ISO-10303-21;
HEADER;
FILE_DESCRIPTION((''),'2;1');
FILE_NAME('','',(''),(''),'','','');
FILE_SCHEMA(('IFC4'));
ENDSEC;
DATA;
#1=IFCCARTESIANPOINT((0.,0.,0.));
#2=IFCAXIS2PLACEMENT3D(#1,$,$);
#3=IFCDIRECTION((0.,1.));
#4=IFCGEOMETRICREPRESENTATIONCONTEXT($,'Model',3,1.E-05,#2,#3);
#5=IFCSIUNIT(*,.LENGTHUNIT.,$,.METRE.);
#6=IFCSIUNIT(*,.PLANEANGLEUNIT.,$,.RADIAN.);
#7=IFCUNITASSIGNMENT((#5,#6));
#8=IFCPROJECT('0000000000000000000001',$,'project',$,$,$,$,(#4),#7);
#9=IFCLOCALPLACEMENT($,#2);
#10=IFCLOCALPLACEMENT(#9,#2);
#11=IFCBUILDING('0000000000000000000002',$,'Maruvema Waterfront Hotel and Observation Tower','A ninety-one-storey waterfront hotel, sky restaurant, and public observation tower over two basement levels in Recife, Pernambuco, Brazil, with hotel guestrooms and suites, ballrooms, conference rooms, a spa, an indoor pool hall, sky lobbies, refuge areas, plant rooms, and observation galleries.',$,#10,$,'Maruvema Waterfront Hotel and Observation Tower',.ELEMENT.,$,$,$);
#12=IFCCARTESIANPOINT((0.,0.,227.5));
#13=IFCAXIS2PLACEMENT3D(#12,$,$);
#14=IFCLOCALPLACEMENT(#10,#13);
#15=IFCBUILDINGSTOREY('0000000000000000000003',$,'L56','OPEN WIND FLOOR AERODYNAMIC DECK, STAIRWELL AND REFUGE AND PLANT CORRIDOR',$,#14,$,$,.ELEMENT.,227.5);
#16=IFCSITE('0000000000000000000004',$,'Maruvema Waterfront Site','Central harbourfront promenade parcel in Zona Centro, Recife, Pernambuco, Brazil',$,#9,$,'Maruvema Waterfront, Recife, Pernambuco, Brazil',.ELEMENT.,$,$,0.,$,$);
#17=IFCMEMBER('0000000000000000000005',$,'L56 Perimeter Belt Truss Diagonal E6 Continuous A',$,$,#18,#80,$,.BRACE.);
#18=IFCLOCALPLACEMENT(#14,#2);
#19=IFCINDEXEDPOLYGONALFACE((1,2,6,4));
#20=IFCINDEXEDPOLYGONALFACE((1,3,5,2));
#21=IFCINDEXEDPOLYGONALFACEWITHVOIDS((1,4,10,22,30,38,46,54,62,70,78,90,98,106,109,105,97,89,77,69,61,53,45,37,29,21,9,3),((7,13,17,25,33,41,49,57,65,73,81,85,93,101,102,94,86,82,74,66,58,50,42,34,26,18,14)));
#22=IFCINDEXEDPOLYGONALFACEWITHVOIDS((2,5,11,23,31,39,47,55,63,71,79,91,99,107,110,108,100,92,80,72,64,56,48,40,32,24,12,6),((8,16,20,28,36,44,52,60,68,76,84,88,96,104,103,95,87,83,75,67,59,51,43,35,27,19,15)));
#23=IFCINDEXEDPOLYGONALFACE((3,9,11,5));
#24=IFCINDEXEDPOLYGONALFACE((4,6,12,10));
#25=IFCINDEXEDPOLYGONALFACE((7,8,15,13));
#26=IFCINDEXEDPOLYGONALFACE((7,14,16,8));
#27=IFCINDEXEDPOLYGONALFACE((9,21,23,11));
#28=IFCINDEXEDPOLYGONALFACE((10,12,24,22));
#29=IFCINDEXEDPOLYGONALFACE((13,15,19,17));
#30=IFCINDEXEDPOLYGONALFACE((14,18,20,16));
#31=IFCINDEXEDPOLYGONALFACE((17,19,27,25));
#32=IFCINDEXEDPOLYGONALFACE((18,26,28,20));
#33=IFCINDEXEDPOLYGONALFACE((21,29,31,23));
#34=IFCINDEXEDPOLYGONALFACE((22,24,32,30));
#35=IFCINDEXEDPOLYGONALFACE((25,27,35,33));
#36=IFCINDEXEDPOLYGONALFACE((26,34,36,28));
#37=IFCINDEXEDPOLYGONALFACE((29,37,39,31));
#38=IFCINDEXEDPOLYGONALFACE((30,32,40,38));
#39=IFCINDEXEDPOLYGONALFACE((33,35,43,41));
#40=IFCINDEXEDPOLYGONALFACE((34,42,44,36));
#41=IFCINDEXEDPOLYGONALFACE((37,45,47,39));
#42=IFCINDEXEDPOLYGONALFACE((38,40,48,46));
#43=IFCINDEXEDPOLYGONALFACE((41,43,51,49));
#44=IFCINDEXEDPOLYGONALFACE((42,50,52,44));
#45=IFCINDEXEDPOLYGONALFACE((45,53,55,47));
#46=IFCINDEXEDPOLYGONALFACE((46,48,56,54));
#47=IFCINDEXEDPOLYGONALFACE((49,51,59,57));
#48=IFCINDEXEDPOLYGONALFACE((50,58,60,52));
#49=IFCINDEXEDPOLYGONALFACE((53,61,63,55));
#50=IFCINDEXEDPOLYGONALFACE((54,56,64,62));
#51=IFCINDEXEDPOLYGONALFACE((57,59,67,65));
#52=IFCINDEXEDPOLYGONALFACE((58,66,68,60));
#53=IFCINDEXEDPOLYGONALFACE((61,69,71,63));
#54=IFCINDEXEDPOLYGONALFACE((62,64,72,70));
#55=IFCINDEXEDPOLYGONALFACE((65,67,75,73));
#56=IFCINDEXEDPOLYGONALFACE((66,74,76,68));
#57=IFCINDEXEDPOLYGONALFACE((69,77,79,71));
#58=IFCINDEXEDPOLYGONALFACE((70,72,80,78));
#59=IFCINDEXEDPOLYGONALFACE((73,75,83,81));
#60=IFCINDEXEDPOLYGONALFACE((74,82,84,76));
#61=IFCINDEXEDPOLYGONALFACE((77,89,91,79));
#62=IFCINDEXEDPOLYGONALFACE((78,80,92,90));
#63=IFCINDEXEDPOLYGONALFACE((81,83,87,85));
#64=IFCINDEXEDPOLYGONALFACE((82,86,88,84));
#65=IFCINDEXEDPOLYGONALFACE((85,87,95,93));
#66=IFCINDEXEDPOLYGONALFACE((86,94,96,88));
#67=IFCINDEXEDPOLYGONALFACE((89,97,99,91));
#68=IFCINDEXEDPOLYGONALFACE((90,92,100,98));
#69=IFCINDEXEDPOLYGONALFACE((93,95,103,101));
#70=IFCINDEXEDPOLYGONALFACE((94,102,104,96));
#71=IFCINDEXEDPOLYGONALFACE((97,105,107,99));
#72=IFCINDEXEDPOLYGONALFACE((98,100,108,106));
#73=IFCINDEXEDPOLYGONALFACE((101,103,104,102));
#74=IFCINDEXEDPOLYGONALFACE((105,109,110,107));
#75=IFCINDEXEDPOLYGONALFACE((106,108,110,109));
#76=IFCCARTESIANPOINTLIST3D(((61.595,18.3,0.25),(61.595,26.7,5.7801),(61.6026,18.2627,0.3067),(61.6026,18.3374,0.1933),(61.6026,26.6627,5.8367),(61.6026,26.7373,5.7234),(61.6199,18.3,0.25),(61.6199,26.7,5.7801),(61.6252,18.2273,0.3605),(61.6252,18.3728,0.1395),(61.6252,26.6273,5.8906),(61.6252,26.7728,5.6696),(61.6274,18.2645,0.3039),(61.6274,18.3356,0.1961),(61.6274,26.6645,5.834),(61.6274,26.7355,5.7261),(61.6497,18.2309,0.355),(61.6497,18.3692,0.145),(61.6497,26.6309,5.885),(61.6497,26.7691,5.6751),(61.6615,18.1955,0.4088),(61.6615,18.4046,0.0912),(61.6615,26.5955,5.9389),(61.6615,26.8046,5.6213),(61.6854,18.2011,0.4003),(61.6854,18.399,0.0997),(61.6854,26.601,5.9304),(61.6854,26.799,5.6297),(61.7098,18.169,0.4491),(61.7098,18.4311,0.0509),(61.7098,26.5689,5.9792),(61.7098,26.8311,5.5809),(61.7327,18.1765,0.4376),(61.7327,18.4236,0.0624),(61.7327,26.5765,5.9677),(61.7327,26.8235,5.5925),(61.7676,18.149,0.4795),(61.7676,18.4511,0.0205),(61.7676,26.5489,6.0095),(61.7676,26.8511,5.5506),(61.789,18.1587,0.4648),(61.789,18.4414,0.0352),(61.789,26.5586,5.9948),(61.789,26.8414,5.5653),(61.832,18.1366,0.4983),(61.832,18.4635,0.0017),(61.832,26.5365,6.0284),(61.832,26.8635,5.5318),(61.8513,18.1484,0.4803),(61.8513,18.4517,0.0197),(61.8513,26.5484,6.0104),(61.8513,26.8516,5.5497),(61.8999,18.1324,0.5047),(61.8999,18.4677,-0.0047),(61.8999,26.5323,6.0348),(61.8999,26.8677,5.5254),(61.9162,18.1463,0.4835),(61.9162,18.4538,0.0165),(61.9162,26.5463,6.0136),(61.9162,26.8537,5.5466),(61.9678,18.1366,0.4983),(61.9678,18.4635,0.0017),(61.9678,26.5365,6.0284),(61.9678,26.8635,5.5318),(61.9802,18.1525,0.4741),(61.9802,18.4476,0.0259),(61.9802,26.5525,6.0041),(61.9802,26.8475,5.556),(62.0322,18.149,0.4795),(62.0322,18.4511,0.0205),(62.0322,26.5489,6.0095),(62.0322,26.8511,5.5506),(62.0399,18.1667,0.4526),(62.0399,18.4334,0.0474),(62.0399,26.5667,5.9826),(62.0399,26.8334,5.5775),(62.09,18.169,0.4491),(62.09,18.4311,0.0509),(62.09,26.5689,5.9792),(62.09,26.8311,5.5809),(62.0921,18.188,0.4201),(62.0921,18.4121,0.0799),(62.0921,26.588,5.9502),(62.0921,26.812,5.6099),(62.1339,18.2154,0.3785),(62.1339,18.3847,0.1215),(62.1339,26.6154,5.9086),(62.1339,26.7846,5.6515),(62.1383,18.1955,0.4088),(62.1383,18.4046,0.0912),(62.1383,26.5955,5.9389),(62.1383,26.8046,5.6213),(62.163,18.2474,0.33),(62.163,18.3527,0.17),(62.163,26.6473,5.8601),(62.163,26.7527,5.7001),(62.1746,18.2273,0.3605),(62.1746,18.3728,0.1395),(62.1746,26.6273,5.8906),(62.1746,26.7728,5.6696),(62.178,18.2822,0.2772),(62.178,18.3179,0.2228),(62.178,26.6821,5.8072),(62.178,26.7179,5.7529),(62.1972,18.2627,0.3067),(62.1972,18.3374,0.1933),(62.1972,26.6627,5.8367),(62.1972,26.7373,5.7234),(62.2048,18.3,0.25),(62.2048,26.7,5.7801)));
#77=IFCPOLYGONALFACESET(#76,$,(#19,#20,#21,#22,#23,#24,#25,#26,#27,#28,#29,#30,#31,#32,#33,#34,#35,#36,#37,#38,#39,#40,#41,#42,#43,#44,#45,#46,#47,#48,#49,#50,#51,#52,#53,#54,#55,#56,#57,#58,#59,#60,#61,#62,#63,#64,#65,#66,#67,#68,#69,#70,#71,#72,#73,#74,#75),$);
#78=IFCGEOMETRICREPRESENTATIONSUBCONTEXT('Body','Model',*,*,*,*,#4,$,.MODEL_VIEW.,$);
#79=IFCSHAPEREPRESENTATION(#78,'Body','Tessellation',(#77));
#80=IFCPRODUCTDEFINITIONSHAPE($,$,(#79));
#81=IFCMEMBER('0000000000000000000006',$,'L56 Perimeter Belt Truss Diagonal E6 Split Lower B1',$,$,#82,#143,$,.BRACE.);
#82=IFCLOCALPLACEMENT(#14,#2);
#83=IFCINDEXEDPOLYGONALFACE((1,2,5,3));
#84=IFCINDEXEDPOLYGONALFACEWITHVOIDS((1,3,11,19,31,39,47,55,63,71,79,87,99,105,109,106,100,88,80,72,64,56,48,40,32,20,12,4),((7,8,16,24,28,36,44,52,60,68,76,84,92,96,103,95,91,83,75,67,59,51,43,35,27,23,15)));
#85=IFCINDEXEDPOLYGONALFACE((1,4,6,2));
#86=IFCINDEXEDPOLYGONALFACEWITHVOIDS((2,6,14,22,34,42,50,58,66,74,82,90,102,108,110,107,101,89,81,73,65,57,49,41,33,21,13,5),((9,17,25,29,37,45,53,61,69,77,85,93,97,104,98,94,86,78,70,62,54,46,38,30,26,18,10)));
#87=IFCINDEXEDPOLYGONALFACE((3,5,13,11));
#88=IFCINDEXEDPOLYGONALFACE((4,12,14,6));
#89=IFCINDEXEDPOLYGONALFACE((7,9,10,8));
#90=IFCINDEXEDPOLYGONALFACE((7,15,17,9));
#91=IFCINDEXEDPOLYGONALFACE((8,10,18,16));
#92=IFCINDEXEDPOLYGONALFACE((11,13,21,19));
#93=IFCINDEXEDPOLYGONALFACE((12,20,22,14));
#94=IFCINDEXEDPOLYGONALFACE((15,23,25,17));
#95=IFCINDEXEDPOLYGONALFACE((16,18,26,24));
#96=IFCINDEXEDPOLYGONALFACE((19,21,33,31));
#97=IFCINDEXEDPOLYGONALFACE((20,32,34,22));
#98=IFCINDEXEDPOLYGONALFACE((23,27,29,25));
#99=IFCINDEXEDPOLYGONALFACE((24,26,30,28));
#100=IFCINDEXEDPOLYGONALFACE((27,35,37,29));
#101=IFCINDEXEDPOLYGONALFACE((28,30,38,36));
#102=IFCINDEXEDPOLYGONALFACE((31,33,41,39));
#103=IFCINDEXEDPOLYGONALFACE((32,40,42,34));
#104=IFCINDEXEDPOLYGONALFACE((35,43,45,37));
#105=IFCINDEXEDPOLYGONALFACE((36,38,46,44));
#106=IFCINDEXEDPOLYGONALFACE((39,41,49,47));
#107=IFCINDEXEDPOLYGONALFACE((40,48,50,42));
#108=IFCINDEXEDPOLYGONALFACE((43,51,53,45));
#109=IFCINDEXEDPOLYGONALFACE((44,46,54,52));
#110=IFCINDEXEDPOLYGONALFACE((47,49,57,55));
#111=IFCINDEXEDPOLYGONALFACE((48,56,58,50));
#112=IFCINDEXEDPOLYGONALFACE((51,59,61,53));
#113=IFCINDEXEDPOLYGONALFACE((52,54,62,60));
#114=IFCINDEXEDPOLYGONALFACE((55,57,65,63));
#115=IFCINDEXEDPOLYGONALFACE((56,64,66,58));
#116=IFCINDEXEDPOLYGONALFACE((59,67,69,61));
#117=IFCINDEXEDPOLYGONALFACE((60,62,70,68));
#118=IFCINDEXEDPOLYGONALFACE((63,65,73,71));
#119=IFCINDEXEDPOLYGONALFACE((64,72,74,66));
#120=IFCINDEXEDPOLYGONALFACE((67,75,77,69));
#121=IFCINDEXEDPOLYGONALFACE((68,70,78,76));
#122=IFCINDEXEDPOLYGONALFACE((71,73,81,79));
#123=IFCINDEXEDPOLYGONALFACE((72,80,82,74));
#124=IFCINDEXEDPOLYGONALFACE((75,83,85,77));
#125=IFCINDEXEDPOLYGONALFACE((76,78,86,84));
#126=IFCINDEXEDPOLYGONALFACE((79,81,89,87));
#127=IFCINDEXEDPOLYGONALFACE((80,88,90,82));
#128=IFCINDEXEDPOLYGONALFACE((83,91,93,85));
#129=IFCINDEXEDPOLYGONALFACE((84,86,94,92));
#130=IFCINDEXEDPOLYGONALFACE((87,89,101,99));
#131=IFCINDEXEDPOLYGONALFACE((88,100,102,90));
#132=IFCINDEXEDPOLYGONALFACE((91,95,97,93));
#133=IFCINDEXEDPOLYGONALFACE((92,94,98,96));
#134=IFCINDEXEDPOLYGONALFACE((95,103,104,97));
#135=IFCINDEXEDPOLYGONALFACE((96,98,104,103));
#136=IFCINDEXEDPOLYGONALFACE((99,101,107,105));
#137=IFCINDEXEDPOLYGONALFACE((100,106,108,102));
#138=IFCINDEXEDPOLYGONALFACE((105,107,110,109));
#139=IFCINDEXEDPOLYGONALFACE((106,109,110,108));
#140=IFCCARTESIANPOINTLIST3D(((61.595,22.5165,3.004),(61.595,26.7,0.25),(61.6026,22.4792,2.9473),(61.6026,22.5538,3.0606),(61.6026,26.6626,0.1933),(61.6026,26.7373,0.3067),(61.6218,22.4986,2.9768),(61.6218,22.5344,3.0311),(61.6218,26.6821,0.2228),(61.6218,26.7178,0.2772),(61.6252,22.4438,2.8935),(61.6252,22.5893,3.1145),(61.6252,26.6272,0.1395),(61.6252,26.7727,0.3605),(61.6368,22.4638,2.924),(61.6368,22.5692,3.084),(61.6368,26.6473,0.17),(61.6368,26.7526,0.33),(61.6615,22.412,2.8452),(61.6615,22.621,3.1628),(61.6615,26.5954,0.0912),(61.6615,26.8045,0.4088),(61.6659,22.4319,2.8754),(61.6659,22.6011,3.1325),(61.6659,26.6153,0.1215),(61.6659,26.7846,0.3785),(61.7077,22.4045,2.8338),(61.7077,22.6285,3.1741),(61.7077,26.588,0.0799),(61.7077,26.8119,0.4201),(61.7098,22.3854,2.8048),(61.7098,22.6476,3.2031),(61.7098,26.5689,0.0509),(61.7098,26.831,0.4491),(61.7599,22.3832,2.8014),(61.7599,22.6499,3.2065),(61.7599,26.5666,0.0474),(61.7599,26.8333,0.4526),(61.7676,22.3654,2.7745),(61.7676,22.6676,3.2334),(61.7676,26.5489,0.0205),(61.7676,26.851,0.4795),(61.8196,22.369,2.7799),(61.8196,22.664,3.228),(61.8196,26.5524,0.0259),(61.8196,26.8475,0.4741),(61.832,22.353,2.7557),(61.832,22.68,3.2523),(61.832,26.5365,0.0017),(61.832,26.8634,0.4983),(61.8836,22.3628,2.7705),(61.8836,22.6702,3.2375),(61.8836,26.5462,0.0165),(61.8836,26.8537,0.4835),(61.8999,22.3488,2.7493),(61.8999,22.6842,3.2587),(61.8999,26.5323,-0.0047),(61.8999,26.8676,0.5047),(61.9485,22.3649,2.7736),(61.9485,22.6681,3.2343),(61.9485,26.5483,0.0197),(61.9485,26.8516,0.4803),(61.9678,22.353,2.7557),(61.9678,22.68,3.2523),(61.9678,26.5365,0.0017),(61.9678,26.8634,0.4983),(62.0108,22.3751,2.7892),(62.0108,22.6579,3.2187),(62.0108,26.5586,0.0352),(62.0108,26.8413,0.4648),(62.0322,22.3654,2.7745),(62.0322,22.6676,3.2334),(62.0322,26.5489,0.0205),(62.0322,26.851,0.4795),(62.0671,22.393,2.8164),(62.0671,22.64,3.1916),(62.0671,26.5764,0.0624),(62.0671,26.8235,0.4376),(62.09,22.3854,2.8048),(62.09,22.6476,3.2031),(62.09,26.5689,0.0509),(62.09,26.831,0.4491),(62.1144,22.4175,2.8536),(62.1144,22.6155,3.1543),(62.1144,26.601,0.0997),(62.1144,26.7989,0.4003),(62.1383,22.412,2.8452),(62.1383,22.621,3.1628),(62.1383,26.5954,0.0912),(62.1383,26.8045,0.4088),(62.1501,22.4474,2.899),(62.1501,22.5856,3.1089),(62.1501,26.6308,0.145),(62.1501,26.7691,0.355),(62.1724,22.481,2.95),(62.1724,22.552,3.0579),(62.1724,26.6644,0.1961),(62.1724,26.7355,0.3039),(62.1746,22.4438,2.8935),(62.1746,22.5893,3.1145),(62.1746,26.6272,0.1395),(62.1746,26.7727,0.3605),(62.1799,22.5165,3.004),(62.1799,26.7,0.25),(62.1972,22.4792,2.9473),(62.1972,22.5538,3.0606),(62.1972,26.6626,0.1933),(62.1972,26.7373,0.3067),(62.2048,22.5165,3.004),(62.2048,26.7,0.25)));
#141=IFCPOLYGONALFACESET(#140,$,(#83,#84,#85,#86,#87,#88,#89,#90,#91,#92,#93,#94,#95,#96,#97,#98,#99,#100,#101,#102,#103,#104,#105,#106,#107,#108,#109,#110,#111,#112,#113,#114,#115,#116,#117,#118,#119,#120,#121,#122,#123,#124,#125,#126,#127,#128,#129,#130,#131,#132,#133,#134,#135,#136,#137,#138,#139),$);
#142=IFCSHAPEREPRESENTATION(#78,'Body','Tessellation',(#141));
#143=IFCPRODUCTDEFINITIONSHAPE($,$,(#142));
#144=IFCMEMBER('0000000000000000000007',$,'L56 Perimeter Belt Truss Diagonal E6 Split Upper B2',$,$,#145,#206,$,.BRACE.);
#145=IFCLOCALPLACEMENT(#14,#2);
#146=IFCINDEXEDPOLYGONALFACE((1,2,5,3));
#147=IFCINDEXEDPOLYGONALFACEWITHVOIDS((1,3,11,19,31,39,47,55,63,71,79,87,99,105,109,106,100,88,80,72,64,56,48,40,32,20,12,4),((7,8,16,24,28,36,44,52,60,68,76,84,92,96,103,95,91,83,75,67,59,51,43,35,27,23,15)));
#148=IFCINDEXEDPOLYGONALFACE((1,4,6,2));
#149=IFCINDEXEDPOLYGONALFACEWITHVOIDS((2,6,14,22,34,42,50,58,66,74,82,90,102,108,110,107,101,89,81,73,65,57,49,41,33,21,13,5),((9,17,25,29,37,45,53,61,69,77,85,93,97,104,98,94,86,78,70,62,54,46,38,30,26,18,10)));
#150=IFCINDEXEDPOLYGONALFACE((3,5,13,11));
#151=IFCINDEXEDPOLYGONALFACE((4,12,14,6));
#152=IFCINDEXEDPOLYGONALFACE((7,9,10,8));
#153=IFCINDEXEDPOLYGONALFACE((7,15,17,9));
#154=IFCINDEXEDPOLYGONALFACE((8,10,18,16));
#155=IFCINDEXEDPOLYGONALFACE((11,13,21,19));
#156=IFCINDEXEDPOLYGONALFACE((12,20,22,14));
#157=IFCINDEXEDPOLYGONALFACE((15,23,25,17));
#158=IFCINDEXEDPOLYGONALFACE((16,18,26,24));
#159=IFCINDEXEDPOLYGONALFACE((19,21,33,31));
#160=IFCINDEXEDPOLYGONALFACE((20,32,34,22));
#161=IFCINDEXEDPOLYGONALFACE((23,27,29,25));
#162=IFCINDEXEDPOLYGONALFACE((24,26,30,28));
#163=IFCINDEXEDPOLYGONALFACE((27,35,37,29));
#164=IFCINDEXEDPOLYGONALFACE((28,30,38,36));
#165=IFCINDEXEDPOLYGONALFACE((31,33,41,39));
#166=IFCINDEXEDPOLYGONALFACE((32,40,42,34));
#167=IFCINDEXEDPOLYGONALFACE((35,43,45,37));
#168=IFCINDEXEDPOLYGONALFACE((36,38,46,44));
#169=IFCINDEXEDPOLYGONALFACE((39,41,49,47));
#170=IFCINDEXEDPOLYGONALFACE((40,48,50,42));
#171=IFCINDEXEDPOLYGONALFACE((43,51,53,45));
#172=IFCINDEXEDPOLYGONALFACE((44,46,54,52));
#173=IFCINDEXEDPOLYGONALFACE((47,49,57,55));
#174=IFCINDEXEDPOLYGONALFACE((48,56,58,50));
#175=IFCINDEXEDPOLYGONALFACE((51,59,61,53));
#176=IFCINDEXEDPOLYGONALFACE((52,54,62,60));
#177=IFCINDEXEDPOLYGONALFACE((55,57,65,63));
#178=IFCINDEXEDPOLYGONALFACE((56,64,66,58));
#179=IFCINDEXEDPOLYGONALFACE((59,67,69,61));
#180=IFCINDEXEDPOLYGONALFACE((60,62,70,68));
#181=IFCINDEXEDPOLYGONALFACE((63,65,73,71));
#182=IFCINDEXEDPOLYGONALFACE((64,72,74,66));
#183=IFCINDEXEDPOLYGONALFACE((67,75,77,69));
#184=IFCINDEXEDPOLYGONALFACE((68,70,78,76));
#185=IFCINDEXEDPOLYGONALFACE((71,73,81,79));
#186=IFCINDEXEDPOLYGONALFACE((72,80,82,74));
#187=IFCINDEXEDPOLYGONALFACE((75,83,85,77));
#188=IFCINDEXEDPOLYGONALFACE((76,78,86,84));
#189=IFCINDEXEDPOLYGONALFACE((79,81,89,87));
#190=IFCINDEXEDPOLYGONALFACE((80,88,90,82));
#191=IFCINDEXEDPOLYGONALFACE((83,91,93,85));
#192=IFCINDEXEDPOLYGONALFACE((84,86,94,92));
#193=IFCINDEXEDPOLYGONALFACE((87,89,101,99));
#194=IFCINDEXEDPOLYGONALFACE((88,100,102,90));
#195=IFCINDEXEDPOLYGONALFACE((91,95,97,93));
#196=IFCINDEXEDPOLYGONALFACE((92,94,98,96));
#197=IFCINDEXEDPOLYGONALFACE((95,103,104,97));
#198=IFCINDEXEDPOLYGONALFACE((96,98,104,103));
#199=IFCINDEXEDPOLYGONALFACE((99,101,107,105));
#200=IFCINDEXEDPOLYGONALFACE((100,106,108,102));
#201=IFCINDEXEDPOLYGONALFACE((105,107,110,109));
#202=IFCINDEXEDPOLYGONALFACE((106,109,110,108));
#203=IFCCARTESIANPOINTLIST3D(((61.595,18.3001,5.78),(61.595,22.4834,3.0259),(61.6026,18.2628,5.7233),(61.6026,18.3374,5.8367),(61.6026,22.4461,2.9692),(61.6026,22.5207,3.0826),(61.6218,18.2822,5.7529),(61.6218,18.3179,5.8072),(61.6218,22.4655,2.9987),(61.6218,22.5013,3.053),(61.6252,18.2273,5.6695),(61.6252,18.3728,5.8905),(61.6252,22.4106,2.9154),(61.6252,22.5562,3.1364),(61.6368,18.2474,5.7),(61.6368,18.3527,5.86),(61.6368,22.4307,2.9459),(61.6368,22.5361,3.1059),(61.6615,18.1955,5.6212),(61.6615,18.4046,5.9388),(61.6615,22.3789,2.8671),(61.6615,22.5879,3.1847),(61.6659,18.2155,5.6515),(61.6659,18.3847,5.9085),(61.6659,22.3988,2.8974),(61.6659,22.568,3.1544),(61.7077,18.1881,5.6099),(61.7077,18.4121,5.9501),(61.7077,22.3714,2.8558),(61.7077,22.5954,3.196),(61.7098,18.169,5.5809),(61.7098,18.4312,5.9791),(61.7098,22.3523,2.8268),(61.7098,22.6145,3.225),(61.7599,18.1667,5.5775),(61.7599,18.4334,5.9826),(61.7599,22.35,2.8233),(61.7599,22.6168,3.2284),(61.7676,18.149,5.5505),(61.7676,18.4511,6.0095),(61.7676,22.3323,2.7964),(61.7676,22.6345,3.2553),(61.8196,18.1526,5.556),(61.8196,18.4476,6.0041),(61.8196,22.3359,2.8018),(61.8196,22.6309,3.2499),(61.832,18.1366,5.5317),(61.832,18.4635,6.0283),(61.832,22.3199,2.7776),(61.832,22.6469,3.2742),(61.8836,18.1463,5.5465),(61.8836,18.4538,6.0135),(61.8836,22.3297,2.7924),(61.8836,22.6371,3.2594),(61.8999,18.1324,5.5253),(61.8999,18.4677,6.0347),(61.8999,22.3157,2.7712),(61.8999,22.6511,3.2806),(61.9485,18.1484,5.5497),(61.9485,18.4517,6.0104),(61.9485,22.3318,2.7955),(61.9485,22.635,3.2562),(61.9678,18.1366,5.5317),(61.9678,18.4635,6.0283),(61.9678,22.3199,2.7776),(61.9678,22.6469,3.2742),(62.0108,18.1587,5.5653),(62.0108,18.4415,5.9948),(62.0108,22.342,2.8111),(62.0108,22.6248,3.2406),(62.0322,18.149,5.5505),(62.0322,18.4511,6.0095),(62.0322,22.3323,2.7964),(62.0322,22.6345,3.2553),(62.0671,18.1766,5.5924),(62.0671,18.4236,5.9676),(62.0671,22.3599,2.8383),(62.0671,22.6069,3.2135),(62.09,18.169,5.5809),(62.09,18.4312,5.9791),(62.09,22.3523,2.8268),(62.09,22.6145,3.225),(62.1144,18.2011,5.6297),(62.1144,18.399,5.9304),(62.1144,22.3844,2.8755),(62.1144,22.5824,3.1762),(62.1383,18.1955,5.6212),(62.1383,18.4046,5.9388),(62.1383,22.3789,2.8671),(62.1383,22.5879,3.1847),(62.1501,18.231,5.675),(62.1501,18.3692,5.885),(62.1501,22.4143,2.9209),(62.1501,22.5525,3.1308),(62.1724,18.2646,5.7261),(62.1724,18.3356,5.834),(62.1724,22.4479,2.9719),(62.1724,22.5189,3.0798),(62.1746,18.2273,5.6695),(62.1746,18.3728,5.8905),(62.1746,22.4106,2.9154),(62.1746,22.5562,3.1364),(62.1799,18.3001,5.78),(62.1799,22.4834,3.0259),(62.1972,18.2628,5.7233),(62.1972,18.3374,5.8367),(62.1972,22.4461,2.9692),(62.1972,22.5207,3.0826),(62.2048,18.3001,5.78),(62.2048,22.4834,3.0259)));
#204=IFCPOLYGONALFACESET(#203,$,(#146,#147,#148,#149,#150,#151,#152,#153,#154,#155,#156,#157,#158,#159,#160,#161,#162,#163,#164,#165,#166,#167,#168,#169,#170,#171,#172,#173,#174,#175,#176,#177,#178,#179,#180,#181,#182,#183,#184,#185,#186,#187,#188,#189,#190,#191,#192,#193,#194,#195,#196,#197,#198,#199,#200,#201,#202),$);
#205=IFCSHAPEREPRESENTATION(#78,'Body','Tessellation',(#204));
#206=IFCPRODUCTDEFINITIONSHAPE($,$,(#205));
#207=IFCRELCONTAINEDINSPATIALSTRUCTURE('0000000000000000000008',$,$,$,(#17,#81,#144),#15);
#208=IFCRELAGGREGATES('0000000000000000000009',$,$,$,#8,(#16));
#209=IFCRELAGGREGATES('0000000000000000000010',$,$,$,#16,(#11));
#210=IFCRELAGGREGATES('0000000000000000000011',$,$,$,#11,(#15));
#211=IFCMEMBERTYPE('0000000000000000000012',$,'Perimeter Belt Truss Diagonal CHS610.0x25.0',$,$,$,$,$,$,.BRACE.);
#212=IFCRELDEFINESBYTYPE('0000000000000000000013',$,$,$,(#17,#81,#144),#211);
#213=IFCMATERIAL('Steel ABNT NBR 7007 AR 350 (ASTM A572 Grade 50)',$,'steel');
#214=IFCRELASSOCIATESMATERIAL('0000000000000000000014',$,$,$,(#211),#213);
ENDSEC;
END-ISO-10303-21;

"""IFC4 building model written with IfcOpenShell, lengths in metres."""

from ifc_helpers import new_model, si_unit, direction, frame, origin, origin_2d, place, context, subcontext, project, spatial, hollow_circle, extrude, material, material_profile, profile_set, type_object, element, save


model = new_model("IFC4")

# Units and contexts
model_context = context("Model", 3, precision=1e-05, world=origin(), true_north=direction((0.0, 1.0)))
body_context = subcontext(model_context, "Body", "Model", "MODEL_VIEW")
ifc_project = project(units=[si_unit("LENGTHUNIT", "METRE"), si_unit("PLANEANGLEUNIT", "RADIAN")], contexts=[model_context])

# Site, building, storey
site_placement = place(None, origin())
site = spatial("IfcSite", under=ifc_project, at=site_placement, Name="Maruvema Waterfront Site", Description="Central harbourfront promenade parcel in Zona Centro, Recife, Pernambuco, Brazil", LongName="Maruvema Waterfront, Recife, Pernambuco, Brazil", CompositionType="ELEMENT", RefElevation=0.0)
building_placement = place(site_placement, origin())
building = spatial("IfcBuilding", under=site, at=building_placement, Name="Maruvema Waterfront Hotel and Observation Tower", Description="A ninety-one-storey waterfront hotel, sky restaurant, and public observation tower over two basement levels in Recife, Pernambuco, Brazil, with hotel guestrooms and suites, ballrooms, conference rooms, a spa, an indoor pool hall, sky lobbies, refuge areas, plant rooms, and observation galleries.", LongName="Maruvema Waterfront Hotel and Observation Tower", CompositionType="ELEMENT")
storey_placement = place(building_placement, frame((0.0, 0.0, 227.5)))
storey = spatial("IfcBuildingStorey", under=building, at=storey_placement, Name="L56", Description="OPEN WIND FLOOR AERODYNAMIC DECK, STAIRWELL AND REFUGE AND PLANT CORRIDOR", CompositionType="ELEMENT", Elevation=227.5)

# Members
ifc_material_1 = material(Name="Steel ABNT NBR 7007 AR 350 (ASTM A572 Grade 50)", Category="steel")
ifc_material_profile_1 = material_profile(ifc_material_1, hollow_circle(Radius=0.3049, WallThickness=0.0249, at=origin_2d()), Name="CHS610.0x25.0")
ifc_profile_set_1 = profile_set([ifc_material_profile_1], Name="Steel ABNT NBR 7007 AR 350 (ASTM A572 Grade 50)")
member_type_1 = type_object("IfcMemberType", Name="Perimeter Belt Truss Diagonal CHS610.0x25.0", PredefinedType="BRACE", material=ifc_profile_set_1)
member_1_placement = place(storey_placement, frame((61.8999, 18.3, 0.25), z_axis=(0.0, 0.835245, 0.549879), x_axis=(-1.0, 0.0, 0.0)))
element("IfcMember", 1, at=member_1_placement, inside=storey, type_object=member_type_1, Name="L56 Perimeter Belt Truss Diagonal E6 Continuous A", PredefinedType="BRACE", context=body_context, shape_type="SweptSolid", body=[
    extrude(hollow_circle(Radius=0.3049, WallThickness=0.0249, at=origin_2d()), origin(), (0.0, 0.0, 1.0), 10.0569),
])
for number, where, z_axis, x_axis, name in (
    (2, (61.8999, 26.7, 0.25), (0.0, -0.835261, 0.549854), (1.0, 0.0, 0.0), "L56 Perimeter Belt Truss Diagonal E6 Split Lower B1"),
    (3, (61.8999, 22.4834, 3.0259), (0.0, -0.835239, 0.549888), (1.0, 0.0, 0.0), "L56 Perimeter Belt Truss Diagonal E6 Split Upper B2"),
):
    element("IfcMember", number, at=place(storey_placement, frame(where, z_axis=z_axis, x_axis=x_axis)), inside=storey, type_object=member_type_1, Name=name, PredefinedType="BRACE", context=body_context, shape_type="SweptSolid", body=[
        extrude(hollow_circle(Radius=0.3049, WallThickness=0.0249, at=origin_2d()), origin(), (0.0, 0.0, 1.0), 5.0085),
    ])

save(model, "model.ifc")
